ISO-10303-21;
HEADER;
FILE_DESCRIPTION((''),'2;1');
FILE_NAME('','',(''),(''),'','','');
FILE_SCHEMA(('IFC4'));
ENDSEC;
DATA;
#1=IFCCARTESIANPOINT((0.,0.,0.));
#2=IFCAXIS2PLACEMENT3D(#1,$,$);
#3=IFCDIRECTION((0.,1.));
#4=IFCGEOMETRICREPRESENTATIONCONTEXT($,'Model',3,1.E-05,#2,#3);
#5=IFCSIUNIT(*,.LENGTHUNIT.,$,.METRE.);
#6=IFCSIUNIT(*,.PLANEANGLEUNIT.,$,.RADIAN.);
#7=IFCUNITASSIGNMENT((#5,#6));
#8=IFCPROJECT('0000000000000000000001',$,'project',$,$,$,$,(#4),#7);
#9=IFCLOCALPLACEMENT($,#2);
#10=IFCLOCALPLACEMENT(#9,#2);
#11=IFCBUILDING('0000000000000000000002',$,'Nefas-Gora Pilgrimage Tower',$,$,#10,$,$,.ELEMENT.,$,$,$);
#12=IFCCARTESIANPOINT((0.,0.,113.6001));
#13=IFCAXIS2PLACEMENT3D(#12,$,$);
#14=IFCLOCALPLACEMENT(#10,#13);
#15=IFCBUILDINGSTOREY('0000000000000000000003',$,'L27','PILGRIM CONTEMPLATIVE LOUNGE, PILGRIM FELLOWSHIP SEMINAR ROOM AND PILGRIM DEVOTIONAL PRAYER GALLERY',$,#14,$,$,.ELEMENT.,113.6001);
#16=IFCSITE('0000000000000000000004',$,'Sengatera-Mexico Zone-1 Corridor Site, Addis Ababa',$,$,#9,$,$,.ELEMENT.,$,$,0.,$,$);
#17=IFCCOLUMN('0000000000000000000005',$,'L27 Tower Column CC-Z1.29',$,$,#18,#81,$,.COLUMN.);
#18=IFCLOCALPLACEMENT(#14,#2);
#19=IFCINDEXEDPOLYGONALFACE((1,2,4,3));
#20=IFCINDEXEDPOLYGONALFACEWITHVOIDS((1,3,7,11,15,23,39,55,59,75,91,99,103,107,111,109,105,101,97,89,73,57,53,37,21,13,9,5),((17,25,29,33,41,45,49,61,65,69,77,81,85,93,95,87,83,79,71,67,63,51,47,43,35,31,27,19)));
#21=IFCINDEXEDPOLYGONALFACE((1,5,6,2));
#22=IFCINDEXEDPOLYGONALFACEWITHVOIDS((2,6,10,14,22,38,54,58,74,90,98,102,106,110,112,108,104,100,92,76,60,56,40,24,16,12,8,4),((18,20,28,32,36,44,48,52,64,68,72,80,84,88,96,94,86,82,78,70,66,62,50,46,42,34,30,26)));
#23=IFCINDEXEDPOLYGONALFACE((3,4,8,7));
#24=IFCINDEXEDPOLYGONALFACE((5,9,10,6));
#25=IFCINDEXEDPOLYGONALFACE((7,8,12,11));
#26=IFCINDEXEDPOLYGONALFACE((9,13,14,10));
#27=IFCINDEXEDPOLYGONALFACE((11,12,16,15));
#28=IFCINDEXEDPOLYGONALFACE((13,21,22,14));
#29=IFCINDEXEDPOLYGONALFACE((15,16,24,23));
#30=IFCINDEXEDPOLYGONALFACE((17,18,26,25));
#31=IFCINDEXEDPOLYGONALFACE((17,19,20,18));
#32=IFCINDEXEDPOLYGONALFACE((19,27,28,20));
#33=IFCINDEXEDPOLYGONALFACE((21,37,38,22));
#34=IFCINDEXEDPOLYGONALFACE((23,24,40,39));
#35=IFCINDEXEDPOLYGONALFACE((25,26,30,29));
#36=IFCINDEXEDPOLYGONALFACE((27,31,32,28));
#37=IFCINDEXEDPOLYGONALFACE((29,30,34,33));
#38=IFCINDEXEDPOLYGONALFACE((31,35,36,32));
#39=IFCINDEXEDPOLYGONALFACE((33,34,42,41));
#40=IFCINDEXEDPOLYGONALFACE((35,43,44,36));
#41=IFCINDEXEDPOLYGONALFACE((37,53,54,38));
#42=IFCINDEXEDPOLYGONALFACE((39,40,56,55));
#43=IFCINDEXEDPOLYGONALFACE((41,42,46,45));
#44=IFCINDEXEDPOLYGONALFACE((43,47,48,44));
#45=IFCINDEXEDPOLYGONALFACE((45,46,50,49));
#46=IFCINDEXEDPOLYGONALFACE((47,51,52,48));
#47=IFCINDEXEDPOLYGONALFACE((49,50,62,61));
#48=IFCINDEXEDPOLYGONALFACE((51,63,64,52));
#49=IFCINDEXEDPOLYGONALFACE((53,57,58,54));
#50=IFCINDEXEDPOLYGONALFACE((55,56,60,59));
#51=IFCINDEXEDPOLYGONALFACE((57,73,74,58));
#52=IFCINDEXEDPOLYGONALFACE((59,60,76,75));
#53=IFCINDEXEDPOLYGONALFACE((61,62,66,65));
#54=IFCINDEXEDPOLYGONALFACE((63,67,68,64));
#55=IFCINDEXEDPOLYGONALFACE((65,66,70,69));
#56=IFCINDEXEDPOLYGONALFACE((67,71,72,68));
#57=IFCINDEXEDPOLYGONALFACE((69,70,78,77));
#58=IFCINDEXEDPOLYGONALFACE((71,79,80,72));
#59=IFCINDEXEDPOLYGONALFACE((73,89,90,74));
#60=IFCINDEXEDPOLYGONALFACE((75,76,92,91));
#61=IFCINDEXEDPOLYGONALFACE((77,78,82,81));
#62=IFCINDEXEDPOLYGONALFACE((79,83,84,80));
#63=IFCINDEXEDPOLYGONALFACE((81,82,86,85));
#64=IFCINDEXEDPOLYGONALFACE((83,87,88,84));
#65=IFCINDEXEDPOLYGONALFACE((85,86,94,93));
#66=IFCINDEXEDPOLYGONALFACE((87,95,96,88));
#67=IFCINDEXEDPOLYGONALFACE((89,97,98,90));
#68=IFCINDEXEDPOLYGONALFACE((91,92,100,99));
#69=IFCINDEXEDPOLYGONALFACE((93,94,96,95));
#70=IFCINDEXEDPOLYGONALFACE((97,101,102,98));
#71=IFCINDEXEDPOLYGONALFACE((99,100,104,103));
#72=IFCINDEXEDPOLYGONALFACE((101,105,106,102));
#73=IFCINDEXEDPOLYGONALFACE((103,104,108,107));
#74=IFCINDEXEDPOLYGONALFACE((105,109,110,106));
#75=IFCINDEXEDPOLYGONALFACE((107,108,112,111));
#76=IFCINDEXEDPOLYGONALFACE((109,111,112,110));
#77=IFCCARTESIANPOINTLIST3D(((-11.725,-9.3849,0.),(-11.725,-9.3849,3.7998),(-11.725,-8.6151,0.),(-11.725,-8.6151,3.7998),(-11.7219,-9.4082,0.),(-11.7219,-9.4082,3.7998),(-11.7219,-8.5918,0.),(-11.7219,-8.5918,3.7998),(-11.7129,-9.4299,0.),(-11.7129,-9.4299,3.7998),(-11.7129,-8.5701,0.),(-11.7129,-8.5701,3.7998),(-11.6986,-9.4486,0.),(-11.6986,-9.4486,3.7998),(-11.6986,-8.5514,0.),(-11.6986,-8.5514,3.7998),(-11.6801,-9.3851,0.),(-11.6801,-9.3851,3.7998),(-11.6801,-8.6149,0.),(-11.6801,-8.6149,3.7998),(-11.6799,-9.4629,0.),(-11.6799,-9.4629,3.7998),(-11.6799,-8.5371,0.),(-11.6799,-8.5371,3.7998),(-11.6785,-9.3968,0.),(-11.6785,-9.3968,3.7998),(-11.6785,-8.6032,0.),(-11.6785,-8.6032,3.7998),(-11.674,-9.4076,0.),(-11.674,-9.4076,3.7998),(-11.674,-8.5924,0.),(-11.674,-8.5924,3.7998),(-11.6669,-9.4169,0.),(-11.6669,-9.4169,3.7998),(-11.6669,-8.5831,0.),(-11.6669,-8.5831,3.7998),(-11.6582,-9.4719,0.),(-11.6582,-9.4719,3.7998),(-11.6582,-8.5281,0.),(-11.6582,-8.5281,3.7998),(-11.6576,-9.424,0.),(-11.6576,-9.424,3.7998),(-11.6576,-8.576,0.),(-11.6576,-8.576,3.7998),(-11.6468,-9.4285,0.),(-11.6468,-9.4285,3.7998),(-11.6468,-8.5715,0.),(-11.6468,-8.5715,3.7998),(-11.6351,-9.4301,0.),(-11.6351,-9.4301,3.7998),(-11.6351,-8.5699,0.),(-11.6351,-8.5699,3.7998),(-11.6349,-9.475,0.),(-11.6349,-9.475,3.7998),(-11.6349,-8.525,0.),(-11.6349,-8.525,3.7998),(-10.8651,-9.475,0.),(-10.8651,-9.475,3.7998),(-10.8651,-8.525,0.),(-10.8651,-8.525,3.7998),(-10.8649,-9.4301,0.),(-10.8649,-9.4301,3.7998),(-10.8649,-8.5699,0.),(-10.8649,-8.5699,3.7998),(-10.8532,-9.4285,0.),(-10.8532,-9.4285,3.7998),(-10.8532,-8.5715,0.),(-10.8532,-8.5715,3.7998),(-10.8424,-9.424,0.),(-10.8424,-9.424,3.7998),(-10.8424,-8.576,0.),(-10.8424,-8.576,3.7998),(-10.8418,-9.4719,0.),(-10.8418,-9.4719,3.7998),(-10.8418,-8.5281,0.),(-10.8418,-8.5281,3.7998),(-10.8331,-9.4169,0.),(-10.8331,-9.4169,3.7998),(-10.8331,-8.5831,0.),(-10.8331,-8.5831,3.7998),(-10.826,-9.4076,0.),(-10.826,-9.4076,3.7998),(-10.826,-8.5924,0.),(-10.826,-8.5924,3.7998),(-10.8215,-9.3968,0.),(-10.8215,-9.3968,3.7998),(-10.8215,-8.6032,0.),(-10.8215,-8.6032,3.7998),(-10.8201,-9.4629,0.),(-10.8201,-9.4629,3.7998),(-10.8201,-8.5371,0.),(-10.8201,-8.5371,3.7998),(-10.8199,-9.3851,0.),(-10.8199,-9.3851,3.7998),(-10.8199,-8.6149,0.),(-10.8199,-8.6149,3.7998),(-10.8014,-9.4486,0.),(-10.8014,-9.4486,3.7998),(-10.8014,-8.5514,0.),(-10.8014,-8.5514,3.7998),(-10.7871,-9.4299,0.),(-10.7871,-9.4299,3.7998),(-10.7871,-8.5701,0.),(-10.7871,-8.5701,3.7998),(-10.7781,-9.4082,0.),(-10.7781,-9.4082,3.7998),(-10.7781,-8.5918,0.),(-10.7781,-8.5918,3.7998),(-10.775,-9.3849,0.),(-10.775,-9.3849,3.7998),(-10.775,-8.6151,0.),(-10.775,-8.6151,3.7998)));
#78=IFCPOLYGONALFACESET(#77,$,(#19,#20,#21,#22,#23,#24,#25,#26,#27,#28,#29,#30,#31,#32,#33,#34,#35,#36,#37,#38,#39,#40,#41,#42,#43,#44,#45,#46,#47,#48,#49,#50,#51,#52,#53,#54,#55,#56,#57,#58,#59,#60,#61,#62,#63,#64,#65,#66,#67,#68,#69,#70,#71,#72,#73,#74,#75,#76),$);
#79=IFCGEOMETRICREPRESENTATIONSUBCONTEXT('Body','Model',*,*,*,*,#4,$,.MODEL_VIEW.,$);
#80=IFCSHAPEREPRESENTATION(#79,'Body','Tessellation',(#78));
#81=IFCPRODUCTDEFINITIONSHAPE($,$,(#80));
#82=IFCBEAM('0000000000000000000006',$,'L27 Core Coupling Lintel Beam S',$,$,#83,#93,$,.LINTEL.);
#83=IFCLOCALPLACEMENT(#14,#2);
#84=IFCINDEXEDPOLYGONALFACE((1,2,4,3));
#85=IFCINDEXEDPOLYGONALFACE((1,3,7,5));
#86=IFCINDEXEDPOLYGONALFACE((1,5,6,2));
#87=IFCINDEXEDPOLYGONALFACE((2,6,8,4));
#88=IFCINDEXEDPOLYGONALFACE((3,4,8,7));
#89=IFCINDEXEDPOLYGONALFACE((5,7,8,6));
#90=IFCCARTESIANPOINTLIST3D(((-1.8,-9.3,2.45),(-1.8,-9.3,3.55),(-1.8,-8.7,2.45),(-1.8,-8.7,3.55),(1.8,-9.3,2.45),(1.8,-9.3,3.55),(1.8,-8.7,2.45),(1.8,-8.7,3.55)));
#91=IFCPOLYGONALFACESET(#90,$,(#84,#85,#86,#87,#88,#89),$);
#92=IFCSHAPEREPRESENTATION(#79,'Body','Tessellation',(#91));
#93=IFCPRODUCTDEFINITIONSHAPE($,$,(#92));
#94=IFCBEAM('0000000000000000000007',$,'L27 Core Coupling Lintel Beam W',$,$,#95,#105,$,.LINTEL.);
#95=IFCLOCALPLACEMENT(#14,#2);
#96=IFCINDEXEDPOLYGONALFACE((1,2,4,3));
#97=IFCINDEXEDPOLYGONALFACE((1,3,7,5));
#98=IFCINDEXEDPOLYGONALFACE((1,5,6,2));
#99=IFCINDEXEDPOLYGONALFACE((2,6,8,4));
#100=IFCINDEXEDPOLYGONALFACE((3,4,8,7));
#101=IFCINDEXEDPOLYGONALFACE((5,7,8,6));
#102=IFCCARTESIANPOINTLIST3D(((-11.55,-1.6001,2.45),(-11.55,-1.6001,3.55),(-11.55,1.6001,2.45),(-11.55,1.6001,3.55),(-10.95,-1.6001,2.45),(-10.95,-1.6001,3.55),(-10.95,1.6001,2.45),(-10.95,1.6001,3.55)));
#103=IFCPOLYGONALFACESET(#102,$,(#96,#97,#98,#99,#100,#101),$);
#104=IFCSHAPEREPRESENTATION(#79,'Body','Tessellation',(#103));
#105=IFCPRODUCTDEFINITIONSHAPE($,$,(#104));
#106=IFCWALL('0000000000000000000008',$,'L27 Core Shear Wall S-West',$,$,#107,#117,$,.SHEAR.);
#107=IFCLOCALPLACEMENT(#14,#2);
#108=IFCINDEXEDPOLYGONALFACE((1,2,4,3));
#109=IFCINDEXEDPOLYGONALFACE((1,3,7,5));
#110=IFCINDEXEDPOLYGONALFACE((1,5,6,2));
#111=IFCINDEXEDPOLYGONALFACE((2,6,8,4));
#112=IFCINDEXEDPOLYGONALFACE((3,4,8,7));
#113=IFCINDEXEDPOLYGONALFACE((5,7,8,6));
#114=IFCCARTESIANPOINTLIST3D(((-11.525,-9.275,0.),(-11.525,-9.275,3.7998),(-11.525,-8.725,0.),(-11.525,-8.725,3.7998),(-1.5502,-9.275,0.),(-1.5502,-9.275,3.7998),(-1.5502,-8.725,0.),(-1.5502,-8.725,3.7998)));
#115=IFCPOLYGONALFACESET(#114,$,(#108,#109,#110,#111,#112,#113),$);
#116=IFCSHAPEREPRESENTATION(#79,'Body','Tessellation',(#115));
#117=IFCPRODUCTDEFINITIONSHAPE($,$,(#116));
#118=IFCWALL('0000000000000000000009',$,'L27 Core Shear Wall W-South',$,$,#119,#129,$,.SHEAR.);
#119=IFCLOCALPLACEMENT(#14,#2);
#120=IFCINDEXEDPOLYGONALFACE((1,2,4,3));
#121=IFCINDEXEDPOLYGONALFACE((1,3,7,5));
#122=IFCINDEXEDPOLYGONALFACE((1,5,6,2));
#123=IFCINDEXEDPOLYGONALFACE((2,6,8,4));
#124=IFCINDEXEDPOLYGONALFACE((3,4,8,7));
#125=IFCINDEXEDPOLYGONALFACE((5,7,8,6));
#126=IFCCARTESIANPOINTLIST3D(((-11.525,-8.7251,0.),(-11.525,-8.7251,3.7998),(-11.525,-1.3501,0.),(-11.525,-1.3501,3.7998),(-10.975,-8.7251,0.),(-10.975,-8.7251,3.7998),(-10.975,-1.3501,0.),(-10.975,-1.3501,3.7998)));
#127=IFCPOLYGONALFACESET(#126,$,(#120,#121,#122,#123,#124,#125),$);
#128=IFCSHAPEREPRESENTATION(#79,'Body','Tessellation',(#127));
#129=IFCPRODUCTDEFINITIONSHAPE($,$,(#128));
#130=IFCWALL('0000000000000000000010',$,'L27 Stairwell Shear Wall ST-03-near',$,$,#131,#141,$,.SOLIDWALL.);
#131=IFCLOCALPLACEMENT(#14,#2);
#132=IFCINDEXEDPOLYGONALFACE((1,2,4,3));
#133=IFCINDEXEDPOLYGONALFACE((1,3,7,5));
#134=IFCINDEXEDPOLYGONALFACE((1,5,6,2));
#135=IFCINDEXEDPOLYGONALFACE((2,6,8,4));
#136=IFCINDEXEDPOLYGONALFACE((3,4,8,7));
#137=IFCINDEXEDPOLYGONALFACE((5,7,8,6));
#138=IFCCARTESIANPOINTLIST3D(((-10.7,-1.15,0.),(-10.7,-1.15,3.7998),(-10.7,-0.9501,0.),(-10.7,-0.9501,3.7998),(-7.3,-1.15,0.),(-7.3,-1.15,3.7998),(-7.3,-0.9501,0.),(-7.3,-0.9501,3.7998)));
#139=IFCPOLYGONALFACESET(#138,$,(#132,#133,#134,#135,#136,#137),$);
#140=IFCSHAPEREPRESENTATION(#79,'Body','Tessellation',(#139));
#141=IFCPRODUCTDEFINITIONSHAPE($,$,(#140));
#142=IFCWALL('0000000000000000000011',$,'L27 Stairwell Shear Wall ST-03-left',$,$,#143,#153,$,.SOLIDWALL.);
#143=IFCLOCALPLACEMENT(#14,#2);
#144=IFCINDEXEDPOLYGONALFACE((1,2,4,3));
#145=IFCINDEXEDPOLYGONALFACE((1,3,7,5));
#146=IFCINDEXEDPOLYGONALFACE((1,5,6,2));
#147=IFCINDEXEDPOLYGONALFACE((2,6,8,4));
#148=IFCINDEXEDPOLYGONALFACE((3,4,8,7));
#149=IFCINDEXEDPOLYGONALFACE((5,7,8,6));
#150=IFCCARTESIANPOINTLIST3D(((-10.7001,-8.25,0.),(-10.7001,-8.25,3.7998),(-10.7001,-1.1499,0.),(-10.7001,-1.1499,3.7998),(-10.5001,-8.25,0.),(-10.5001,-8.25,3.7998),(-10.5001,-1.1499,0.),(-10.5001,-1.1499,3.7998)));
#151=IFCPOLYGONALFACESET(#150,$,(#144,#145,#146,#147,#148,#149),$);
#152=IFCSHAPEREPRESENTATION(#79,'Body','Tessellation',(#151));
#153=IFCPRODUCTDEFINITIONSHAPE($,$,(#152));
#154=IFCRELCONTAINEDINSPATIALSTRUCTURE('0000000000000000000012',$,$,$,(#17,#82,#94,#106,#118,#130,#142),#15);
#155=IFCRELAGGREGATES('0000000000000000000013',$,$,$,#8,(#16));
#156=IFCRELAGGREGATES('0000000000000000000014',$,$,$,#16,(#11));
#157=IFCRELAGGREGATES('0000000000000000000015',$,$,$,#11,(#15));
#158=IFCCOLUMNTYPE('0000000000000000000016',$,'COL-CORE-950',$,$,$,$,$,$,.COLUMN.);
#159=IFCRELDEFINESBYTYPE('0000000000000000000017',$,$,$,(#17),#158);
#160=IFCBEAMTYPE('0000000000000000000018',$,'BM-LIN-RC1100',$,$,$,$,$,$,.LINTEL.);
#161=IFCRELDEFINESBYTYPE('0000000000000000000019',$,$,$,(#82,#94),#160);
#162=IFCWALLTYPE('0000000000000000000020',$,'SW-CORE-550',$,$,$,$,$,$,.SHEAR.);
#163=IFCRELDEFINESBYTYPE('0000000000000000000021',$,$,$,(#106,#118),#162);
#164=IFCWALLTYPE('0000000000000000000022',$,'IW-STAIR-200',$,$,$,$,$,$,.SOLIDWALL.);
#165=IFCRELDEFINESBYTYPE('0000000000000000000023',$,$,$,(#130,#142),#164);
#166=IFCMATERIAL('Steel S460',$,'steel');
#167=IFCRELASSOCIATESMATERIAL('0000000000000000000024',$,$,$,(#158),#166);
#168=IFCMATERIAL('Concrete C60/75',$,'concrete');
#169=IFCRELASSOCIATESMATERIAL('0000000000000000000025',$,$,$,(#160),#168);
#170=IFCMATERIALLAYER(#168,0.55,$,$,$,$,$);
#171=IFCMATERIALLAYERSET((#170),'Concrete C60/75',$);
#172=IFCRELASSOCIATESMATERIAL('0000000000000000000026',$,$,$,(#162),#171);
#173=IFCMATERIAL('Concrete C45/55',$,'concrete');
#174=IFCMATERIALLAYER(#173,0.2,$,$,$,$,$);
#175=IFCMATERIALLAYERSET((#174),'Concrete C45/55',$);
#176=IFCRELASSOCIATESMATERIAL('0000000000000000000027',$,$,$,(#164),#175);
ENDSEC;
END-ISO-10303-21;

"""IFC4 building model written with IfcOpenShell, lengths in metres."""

from ifc_helpers import new_model, si_unit, direction, frame, frame_2d, origin, origin_2d, place, context, subcontext, project, spatial, rectangle, hollow_rectangle, extrude, source, transform, mapped, material, layer, layer_set, material_profile, profile_set, type_object, element, save


model = new_model("IFC4")

# Units and contexts
model_context = context("Model", 3, precision=1e-05, world=origin(), true_north=direction((0.0, 1.0)))
body_context = subcontext(model_context, "Body", "Model", "MODEL_VIEW")
ifc_project = project(units=[si_unit("LENGTHUNIT", "METRE"), si_unit("PLANEANGLEUNIT", "RADIAN")], contexts=[model_context])

# Site, building, storey
site_placement = place(None, origin())
site = spatial("IfcSite", under=ifc_project, at=site_placement, Name="Sengatera-Mexico Zone-1 Corridor Site, Addis Ababa", CompositionType="ELEMENT", RefElevation=0.0)
building_placement = place(site_placement, origin())
building = spatial("IfcBuilding", under=site, at=building_placement, Name="Nefas-Gora Pilgrimage Tower", CompositionType="ELEMENT")
storey_placement = place(building_placement, frame((0.0, 0.0, 113.6001)))
storey = spatial("IfcBuildingStorey", under=building, at=storey_placement, Name="L27", Description="PILGRIM CONTEMPLATIVE LOUNGE, PILGRIM FELLOWSHIP SEMINAR ROOM AND PILGRIM DEVOTIONAL PRAYER GALLERY", CompositionType="ELEMENT", Elevation=113.6001)

# Column
ifc_material_1 = material(Name="Steel S460", Category="steel")
ifc_material_profile_1 = material_profile(ifc_material_1, hollow_rectangle(XDim=0.95, YDim=0.95, WallThickness=0.0449, InnerFilletRadius=0.0449, OuterFilletRadius=0.0901, at=origin_2d()), Name="BOX 950x950x45")
ifc_profile_set_1 = profile_set([ifc_material_profile_1], Name="Steel S460")
column_type = type_object("IfcColumnType", Name="COL-CORE-950", PredefinedType="COLUMN", material=ifc_profile_set_1)
shared_shape_1 = source(origin(), body_context, "Body", "SweptSolid", [
    extrude(hollow_rectangle(XDim=0.95, YDim=0.95, WallThickness=0.0449, InnerFilletRadius=0.0449, OuterFilletRadius=0.0901, at=origin_2d()), origin(), (0.0, 0.0, 1.0), 3.7998),
])
column_placement = place(storey_placement, frame((-11.25, -9.0, 0.0), z_axis=(0.0, 0.0, 1.0), x_axis=(1.0, 0.0, 0.0)))
element("IfcColumn", 1, at=column_placement, inside=storey, type_object=column_type, Name="L27 Tower Column CC-Z1.29", PredefinedType="COLUMN", context=body_context, shape_type="MappedRepresentation", body=[
    mapped(shared_shape_1, transform((0.0, 0.0, 0.0), x_axis=(1.0, 0.0, 0.0), y_axis=(0.0, 1.0, 0.0), z_axis=(0.0, 0.0, 1.0), scale=1.0)),
])

# Beams
ifc_material_2 = material(Name="Concrete C60/75", Category="concrete")
ifc_material_profile_2 = material_profile(ifc_material_2, rectangle(XDim=0.6001, YDim=1.1001, at=origin_2d()), Name="RC 600x1100")
ifc_profile_set_2 = profile_set([ifc_material_profile_2], Name="Concrete C60/75")
beam_type = type_object("IfcBeamType", Name="BM-LIN-RC1100", PredefinedType="LINTEL", material=ifc_profile_set_2)
shared_shape_2 = source(origin(), body_context, "Body", "SweptSolid", [
    extrude(rectangle(XDim=0.6001, YDim=1.1001, at=origin_2d()), origin(), (0.0, 0.0, 1.0), 3.6001),
])
beam_1_placement = place(storey_placement, frame((-1.8, -9.0, 3.0), z_axis=(1.0, 0.0, 0.0), x_axis=(0.0, 1.0, 0.0)))
element("IfcBeam", 2, at=beam_1_placement, inside=storey, type_object=beam_type, Name="L27 Core Coupling Lintel Beam S", PredefinedType="LINTEL", context=body_context, shape_type="MappedRepresentation", body=[
    mapped(shared_shape_2, transform((0.0, 0.0, 0.0), x_axis=(1.0, 0.0, 0.0), y_axis=(0.0, 1.0, 0.0), z_axis=(0.0, 0.0, 1.0), scale=1.0)),
])
shared_shape_3 = source(origin(), body_context, "Body", "SweptSolid", [
    extrude(rectangle(XDim=0.6001, YDim=1.1001, at=origin_2d()), origin(), (0.0, 0.0, 1.0), 3.2002),
])
beam_2_placement = place(storey_placement, frame((-11.25, -1.6001, 3.0), z_axis=(0.0, 1.0, 0.0), x_axis=(-1.0, 0.0, 0.0)))
element("IfcBeam", 3, at=beam_2_placement, inside=storey, type_object=beam_type, Name="L27 Core Coupling Lintel Beam W", PredefinedType="LINTEL", context=body_context, shape_type="MappedRepresentation", body=[
    mapped(shared_shape_3, transform((0.0, 0.0, 0.0), x_axis=(1.0, 0.0, 0.0), y_axis=(0.0, 1.0, 0.0), z_axis=(0.0, 0.0, 1.0), scale=1.0)),
])

# Walls
ifc_layer_1 = layer(ifc_material_2, 0.55)
ifc_layer_set_1 = layer_set([ifc_layer_1], Name="Concrete C60/75")
wall_type_1 = type_object("IfcWallType", Name="SW-CORE-550", PredefinedType="SHEAR", material=ifc_layer_set_1)
shared_shape_4 = source(origin(), body_context, "Body", "SweptSolid", [
    extrude(rectangle(XDim=9.9749, YDim=0.55, at=frame_2d((4.9873, 0.0))), origin(), (0.0, 0.0, 1.0), 3.7998),
])
wall_1_placement = place(storey_placement, frame((-11.5249, -9.0, 0.0), z_axis=(0.0, 0.0, 1.0), x_axis=(1.0, 0.0, 0.0)))
element("IfcWall", 4, at=wall_1_placement, inside=storey, type_object=wall_type_1, Name="L27 Core Shear Wall S-West", PredefinedType="SHEAR", context=body_context, shape_type="MappedRepresentation", body=[
    mapped(shared_shape_4, transform((0.0, 0.0, 0.0), x_axis=(1.0, 0.0, 0.0), y_axis=(0.0, 1.0, 0.0), z_axis=(0.0, 0.0, 1.0), scale=1.0)),
])
shared_shape_5 = source(origin(), body_context, "Body", "SweptSolid", [
    extrude(rectangle(XDim=7.375, YDim=0.55, at=frame_2d((3.6875, 0.0))), origin(), (0.0, 0.0, 1.0), 3.7998),
])
wall_2_placement = place(storey_placement, frame((-11.25, -8.7251, 0.0), z_axis=(0.0, 0.0, 1.0), x_axis=(0.0, 1.0, 0.0)))
element("IfcWall", 5, at=wall_2_placement, inside=storey, type_object=wall_type_1, Name="L27 Core Shear Wall W-South", PredefinedType="SHEAR", context=body_context, shape_type="MappedRepresentation", body=[
    mapped(shared_shape_5, transform((0.0, 0.0, 0.0), x_axis=(1.0, 0.0, 0.0), y_axis=(0.0, 1.0, 0.0), z_axis=(0.0, 0.0, 1.0), scale=1.0)),
])
ifc_material_3 = material(Name="Concrete C45/55", Category="concrete")
ifc_layer_2 = layer(ifc_material_3, 0.2)
ifc_layer_set_2 = layer_set([ifc_layer_2], Name="Concrete C45/55")
wall_type_2 = type_object("IfcWallType", Name="IW-STAIR-200", PredefinedType="SOLIDWALL", material=ifc_layer_set_2)
shared_shape_6 = source(origin(), body_context, "Body", "SweptSolid", [
    extrude(rectangle(XDim=3.3999, YDim=0.2, at=frame_2d((1.7, 0.0))), origin(), (0.0, 0.0, 1.0), 3.7998),
])
wall_3_placement = place(storey_placement, frame((-10.7, -1.05, 0.0), z_axis=(0.0, 0.0, 1.0), x_axis=(1.0, 0.0, 0.0)))
element("IfcWall", 6, at=wall_3_placement, inside=storey, type_object=wall_type_2, Name="L27 Stairwell Shear Wall ST-03-near", PredefinedType="SOLIDWALL", context=body_context, shape_type="MappedRepresentation", body=[
    mapped(shared_shape_6, transform((0.0, 0.0, 0.0), x_axis=(1.0, 0.0, 0.0), y_axis=(0.0, 1.0, 0.0), z_axis=(0.0, 0.0, 1.0), scale=1.0)),
])
shared_shape_7 = source(origin(), body_context, "Body", "SweptSolid", [
    extrude(rectangle(XDim=7.1001, YDim=0.2, at=frame_2d((3.55, 0.0))), origin(), (0.0, 0.0, 1.0), 3.7998),
])
wall_4_placement = place(storey_placement, frame((-10.6001, -1.1499, 0.0), z_axis=(0.0, 0.0, 1.0), x_axis=(0.0, -1.0, 0.0)))
element("IfcWall", 7, at=wall_4_placement, inside=storey, type_object=wall_type_2, Name="L27 Stairwell Shear Wall ST-03-left", PredefinedType="SOLIDWALL", context=body_context, shape_type="MappedRepresentation", body=[
    mapped(shared_shape_7, transform((0.0, 0.0, 0.0), x_axis=(1.0, 0.0, 0.0), y_axis=(0.0, 1.0, 0.0), z_axis=(0.0, 0.0, 1.0), scale=1.0)),
])

save(model, "model.ifc")
